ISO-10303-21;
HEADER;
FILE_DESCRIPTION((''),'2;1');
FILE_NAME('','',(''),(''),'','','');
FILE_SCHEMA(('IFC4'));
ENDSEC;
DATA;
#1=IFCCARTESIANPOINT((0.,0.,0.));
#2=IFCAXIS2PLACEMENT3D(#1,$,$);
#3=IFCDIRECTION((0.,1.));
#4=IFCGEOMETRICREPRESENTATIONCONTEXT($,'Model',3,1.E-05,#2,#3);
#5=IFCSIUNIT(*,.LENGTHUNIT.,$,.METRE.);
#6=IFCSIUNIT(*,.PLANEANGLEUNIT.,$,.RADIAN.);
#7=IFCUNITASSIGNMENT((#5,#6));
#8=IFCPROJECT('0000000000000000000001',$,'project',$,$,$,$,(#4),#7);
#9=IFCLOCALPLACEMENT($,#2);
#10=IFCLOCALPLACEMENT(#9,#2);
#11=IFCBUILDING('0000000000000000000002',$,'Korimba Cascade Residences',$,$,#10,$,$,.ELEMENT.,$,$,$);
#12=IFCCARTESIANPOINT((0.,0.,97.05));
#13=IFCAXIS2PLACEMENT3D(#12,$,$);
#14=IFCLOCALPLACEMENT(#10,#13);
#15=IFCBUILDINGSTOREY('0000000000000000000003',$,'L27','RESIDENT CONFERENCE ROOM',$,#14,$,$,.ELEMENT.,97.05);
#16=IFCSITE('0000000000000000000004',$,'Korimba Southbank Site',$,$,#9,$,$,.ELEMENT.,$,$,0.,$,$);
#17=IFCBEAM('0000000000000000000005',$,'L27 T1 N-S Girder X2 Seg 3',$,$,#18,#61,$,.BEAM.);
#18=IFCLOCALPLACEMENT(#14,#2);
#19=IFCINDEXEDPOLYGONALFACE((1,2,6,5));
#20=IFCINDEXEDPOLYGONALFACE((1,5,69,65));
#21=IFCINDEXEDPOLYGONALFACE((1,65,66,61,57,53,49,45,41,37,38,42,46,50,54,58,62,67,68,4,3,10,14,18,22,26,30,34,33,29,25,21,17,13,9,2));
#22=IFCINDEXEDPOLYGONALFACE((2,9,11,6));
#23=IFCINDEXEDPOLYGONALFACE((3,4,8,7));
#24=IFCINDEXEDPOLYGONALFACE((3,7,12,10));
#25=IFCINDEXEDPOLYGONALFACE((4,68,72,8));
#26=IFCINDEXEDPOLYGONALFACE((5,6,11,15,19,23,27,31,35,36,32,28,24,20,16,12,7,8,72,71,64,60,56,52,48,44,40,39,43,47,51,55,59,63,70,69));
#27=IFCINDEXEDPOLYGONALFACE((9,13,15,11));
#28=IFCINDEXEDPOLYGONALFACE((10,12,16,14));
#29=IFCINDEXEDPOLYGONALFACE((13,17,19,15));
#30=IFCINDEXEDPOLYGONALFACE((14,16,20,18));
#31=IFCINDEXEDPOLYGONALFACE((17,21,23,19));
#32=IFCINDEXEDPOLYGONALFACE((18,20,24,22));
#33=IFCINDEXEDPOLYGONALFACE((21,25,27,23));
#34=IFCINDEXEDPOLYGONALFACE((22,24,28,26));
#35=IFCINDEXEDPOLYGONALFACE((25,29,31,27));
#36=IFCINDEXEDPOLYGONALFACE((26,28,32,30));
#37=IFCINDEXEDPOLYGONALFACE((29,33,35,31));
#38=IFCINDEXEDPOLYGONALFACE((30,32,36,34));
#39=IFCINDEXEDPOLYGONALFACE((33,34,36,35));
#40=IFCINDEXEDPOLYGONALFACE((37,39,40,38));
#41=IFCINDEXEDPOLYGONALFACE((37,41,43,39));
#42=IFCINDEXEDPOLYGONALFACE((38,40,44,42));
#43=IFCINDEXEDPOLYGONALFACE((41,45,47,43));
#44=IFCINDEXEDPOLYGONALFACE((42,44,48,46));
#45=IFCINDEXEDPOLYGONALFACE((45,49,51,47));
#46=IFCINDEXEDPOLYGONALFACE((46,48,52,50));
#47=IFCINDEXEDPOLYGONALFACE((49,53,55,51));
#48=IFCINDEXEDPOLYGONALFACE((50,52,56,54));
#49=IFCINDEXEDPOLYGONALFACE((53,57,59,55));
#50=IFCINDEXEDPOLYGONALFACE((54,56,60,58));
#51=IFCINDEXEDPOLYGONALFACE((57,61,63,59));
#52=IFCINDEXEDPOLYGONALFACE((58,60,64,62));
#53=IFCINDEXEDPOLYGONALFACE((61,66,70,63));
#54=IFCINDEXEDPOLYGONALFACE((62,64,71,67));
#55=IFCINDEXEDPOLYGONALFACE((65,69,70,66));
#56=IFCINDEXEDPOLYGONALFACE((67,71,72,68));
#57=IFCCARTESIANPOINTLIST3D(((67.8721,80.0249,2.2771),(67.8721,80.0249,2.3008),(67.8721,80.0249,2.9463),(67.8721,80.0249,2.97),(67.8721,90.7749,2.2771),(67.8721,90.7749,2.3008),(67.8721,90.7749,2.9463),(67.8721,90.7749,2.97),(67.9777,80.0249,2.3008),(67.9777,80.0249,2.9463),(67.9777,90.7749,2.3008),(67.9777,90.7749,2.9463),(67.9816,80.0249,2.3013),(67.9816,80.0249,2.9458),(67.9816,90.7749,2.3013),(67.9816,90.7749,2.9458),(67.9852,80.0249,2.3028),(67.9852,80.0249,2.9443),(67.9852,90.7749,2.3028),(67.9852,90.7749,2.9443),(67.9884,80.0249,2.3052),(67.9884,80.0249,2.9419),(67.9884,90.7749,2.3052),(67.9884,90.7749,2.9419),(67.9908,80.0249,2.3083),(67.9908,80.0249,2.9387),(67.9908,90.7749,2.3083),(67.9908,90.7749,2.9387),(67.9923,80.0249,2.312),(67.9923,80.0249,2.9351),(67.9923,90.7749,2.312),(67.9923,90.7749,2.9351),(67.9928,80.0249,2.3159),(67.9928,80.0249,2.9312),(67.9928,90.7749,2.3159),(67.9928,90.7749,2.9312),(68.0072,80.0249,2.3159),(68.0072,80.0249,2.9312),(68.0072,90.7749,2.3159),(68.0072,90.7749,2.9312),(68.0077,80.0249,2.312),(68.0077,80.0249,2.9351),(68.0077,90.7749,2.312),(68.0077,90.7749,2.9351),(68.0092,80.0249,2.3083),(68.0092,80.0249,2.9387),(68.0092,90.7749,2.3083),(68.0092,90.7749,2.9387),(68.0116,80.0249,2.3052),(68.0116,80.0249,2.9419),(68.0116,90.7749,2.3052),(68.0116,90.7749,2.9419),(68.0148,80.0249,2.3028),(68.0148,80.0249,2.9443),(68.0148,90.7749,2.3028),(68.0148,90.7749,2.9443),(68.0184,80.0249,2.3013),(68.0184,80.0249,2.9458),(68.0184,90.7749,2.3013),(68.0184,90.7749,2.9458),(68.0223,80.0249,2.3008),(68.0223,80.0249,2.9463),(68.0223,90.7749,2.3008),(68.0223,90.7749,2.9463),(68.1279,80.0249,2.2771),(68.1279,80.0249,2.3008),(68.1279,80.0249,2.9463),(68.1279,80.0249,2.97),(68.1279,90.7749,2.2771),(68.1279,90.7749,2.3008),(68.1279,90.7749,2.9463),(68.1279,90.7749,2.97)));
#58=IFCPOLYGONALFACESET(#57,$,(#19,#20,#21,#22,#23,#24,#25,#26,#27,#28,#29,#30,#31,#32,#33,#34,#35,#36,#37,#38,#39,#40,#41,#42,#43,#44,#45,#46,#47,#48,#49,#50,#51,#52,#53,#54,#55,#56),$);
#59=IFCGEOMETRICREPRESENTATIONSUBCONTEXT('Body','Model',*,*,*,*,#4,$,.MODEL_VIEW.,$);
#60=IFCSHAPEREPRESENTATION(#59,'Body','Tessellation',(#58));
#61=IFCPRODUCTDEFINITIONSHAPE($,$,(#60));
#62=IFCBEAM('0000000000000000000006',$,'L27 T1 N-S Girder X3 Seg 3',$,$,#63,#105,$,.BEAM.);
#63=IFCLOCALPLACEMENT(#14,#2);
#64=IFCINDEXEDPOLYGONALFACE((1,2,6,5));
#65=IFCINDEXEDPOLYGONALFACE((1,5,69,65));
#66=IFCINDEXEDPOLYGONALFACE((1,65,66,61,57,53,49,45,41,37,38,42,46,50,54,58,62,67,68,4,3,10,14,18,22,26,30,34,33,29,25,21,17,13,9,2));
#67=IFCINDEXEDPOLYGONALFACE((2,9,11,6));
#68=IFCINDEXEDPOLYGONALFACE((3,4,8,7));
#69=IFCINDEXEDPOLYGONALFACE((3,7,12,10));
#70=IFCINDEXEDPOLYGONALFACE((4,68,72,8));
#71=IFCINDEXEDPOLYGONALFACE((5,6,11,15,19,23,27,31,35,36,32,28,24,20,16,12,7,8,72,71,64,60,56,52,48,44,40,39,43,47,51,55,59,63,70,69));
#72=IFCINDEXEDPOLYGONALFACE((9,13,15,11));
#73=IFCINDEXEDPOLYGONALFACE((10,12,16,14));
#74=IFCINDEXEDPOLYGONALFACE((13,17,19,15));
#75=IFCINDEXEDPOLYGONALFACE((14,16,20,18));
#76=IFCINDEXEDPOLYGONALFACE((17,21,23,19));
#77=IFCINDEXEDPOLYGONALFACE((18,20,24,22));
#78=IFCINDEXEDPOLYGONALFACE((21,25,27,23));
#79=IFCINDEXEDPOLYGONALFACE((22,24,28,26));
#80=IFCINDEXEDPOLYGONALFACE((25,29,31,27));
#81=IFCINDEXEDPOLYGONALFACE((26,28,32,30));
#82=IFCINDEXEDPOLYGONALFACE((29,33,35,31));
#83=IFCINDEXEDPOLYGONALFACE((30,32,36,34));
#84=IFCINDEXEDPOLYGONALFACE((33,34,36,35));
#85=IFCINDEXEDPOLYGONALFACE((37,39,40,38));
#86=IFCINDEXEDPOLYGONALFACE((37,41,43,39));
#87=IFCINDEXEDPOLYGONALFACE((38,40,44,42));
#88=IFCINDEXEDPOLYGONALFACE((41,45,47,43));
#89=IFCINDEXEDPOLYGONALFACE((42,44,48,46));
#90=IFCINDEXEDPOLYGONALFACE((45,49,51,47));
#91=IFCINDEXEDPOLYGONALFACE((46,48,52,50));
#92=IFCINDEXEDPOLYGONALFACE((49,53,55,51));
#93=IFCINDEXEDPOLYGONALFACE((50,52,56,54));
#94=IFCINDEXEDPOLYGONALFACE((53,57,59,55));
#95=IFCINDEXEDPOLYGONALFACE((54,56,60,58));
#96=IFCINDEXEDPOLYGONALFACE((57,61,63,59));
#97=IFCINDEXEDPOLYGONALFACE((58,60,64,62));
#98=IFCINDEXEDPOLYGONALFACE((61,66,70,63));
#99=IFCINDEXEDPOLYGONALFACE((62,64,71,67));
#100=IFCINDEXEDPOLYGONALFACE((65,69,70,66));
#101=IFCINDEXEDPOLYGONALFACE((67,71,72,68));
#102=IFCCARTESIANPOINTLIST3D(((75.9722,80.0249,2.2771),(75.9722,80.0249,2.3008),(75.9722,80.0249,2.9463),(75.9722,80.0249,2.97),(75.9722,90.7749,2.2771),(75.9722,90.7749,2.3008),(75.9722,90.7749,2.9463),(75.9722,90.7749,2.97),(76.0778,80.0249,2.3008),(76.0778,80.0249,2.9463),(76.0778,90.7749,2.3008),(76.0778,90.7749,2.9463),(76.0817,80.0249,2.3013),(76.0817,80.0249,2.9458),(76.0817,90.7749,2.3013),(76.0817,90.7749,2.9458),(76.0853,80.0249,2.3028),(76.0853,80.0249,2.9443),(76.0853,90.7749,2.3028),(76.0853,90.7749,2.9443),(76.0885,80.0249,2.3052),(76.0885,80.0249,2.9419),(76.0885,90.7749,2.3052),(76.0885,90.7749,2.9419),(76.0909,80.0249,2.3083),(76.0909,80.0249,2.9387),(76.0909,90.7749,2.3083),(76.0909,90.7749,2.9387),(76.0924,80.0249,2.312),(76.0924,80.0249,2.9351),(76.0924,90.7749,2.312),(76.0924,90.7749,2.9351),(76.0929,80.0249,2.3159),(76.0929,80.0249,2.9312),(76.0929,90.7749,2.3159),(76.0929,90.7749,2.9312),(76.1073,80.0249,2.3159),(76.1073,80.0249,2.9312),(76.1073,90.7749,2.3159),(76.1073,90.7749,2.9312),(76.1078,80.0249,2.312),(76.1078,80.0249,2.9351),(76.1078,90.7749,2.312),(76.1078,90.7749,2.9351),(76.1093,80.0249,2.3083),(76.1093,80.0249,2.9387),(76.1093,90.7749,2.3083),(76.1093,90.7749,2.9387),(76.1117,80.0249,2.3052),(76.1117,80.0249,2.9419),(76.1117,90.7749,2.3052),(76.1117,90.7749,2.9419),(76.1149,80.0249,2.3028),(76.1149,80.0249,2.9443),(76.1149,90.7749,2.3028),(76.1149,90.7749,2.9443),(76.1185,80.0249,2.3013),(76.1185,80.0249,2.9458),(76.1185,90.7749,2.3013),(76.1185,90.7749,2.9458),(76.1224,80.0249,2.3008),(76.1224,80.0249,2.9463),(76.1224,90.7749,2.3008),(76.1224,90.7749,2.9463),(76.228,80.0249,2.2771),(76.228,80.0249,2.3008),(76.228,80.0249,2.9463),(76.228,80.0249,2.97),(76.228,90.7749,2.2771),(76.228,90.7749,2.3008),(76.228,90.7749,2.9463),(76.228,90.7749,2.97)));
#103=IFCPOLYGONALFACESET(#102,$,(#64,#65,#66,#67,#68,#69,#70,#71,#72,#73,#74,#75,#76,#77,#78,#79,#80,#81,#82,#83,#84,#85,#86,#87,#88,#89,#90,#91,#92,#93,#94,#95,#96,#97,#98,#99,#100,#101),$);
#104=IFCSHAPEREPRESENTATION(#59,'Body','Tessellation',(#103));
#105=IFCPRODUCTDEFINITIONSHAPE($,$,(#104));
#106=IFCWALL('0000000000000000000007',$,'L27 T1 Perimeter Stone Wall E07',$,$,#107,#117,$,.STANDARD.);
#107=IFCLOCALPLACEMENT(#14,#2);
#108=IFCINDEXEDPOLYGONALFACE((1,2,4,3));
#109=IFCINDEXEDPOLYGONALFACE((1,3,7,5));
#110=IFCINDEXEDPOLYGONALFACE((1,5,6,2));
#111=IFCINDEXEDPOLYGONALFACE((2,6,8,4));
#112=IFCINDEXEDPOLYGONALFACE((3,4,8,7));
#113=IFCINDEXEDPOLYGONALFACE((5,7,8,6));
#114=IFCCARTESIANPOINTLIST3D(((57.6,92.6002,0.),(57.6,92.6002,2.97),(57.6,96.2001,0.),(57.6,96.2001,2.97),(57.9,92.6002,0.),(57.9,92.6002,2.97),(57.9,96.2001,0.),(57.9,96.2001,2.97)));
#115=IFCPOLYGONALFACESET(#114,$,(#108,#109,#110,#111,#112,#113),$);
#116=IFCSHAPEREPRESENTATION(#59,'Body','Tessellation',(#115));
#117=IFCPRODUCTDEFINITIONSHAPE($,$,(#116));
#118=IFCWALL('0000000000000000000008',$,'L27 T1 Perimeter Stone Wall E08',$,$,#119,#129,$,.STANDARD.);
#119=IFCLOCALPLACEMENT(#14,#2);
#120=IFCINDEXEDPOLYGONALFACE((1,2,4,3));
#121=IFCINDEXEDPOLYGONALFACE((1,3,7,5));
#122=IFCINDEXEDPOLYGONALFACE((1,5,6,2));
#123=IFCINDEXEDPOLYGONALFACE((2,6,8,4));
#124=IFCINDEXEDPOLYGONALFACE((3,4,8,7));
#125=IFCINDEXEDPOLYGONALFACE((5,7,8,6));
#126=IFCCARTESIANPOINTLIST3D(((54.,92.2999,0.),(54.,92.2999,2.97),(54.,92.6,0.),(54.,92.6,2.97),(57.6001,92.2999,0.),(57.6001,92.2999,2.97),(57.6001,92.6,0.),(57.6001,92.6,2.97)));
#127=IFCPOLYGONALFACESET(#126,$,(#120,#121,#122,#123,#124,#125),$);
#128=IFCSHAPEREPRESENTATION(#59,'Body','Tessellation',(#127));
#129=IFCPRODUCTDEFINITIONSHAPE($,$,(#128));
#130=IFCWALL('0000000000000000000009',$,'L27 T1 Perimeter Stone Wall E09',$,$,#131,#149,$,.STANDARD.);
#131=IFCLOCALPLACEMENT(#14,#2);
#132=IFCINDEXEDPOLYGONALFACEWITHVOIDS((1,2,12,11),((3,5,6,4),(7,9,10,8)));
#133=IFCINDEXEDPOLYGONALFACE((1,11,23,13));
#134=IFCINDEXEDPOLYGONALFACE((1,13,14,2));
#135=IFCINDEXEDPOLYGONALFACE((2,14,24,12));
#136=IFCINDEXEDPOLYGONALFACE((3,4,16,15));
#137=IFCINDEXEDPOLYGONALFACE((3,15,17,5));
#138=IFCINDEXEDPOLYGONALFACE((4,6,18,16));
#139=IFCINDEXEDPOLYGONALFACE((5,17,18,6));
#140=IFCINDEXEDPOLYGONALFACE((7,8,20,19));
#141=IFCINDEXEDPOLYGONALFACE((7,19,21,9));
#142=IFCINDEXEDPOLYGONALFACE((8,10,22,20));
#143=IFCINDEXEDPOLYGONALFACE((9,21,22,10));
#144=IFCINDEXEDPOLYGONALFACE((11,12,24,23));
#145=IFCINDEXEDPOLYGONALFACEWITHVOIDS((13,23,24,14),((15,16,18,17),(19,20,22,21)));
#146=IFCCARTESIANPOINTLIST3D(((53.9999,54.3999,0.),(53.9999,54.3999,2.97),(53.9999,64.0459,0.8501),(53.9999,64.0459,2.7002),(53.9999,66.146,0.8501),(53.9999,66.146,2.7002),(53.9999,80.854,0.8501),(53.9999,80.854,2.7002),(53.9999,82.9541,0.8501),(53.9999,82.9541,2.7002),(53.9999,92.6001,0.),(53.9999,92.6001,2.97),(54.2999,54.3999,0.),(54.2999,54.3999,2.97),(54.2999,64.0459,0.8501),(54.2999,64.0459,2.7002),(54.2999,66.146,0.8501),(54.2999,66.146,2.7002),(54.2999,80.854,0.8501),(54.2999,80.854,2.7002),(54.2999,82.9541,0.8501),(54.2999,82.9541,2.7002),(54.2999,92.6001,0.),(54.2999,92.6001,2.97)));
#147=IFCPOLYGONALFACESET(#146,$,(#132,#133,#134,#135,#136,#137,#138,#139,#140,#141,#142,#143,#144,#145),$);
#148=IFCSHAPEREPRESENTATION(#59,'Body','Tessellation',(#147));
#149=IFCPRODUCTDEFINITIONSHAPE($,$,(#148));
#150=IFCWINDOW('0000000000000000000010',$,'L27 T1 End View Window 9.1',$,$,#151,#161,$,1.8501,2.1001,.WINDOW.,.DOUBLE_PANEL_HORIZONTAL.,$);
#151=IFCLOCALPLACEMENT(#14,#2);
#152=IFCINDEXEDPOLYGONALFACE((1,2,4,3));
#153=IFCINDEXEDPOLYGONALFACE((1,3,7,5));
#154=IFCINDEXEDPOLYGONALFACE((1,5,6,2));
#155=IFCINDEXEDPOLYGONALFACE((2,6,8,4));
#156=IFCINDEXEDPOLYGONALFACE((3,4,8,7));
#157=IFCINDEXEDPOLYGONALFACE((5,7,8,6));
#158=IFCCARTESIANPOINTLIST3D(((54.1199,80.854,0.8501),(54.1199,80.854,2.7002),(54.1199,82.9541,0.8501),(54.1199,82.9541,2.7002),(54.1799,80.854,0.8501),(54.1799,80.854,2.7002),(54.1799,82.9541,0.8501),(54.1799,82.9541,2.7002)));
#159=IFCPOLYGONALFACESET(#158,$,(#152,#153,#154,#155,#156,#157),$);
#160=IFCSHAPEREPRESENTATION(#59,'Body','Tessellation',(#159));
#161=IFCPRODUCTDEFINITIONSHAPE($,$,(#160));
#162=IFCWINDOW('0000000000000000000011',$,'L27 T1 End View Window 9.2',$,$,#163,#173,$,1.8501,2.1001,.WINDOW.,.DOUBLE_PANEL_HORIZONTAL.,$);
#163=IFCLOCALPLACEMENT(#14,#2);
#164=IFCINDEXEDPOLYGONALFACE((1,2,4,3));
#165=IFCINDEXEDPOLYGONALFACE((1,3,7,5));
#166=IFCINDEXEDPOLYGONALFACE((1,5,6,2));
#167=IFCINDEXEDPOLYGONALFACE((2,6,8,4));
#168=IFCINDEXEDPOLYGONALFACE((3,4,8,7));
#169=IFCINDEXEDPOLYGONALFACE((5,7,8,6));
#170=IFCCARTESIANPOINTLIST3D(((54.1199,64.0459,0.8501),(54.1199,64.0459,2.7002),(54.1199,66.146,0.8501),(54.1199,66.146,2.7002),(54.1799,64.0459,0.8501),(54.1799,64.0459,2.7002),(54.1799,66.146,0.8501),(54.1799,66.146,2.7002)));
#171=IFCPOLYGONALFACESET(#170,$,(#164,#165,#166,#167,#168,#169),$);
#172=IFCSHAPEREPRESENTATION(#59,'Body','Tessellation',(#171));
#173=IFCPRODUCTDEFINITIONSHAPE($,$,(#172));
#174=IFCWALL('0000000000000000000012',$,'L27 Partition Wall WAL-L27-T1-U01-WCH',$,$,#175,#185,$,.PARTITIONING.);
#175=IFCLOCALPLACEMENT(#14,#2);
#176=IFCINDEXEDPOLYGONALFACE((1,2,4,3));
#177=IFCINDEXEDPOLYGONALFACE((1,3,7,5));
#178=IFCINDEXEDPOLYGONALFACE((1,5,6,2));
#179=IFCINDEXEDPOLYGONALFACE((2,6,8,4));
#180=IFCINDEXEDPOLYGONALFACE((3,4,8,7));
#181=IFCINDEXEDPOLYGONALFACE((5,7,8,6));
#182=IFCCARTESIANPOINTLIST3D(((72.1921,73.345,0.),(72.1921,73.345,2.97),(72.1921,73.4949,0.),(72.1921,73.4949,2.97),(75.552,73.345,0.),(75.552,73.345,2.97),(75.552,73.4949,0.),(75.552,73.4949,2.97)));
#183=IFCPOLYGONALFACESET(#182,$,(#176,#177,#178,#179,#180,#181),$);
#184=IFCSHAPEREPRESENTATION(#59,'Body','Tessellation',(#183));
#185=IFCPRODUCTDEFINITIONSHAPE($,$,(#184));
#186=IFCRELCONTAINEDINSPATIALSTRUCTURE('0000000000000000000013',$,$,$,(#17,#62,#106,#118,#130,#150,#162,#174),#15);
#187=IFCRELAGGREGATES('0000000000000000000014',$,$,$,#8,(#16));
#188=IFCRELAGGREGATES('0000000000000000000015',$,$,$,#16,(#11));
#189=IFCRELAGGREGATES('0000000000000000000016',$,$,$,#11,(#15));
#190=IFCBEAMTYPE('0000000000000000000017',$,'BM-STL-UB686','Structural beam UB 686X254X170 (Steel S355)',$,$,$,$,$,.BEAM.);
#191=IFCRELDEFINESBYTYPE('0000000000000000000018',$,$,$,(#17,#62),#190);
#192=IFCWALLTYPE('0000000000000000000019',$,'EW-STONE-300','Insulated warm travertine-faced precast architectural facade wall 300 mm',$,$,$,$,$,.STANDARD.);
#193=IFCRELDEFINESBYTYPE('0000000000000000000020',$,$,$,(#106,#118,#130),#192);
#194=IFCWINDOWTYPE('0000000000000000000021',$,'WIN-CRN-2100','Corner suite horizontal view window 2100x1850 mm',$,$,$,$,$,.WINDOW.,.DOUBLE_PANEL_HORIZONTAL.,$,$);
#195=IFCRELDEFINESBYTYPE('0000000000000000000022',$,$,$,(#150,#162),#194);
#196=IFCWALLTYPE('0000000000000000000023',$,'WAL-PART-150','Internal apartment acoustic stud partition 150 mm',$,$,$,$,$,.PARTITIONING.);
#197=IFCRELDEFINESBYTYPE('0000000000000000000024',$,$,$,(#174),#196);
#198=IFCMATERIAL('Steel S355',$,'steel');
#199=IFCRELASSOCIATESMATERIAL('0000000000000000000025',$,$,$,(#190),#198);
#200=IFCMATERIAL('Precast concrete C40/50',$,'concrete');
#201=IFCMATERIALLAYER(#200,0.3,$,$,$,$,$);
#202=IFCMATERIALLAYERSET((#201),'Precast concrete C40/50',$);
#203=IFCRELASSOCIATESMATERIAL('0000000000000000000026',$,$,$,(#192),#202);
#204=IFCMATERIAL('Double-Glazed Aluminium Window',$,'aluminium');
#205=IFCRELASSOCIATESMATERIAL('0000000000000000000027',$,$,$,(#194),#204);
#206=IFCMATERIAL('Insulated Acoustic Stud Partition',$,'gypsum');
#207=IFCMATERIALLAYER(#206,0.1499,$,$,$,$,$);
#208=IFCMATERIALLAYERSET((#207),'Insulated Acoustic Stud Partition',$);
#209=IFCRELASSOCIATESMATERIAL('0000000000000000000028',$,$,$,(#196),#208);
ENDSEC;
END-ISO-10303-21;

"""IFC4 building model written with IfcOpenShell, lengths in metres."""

from ifc_helpers import new_model, si_unit, direction, frame, frame_2d, origin, origin_2d, place, context, subcontext, project, spatial, rectangle, i_section, extrude, material, layer, layer_set, material_profile, profile_set, type_object, element, fill, save


model = new_model("IFC4")

# Units and contexts
model_context = context("Model", 3, precision=1e-05, world=origin(), true_north=direction((0.0, 1.0)))
body_context = subcontext(model_context, "Body", "Model", "MODEL_VIEW")
ifc_project = project(units=[si_unit("LENGTHUNIT", "METRE"), si_unit("PLANEANGLEUNIT", "RADIAN")], contexts=[model_context])

# Site, building, storey
site_placement = place(None, origin())
site = spatial("IfcSite", under=ifc_project, at=site_placement, Name="Korimba Southbank Site", CompositionType="ELEMENT", RefElevation=0.0)
building_placement = place(site_placement, origin())
building = spatial("IfcBuilding", under=site, at=building_placement, Name="Korimba Cascade Residences", CompositionType="ELEMENT")
storey_placement = place(building_placement, frame((0.0, 0.0, 97.05)))
storey = spatial("IfcBuildingStorey", under=building, at=storey_placement, Name="L27", Description="RESIDENT CONFERENCE ROOM", CompositionType="ELEMENT", Elevation=97.05)

# Beams
ifc_material_1 = material(Name="Steel S355", Category="steel")
ifc_material_profile_1 = material_profile(ifc_material_1, i_section(OverallWidth=0.2559, OverallDepth=0.6929, WebThickness=0.0144, FlangeThickness=0.0237, FilletRadius=0.0151, at=origin_2d()), Name="Steel S355")
ifc_profile_set_1 = profile_set([ifc_material_profile_1], Name="Steel S355")
beam_type_1 = type_object("IfcBeamType", Name="BM-STL-UB686", Description="Structural beam UB 686X254X170 (Steel S355)", PredefinedType="BEAM", material=ifc_profile_set_1)
for number, where, z_axis, x_axis, name in (
    (1, (68.0, 80.0249, 2.6235), (0.0, 1.0, 0.0), (-1.0, 0.0, 0.0), "L27 T1 N-S Girder X2 Seg 3"),
    (2, (76.1001, 80.0249, 2.6235), (0.0, 1.0, 0.0), (-1.0, 0.0, 0.0), "L27 T1 N-S Girder X3 Seg 3"),
):
    element("IfcBeam", number, at=place(storey_placement, frame(where, z_axis=z_axis, x_axis=x_axis)), inside=storey, type_object=beam_type_1, Name=name, PredefinedType="BEAM", context=body_context, shape_type="SweptSolid", body=[
        extrude(i_section(OverallWidth=0.2559, OverallDepth=0.6929, WebThickness=0.0144, FlangeThickness=0.0237, FilletRadius=0.0151, at=origin_2d()), origin(), (0.0, 0.0, 1.0), 10.75),
    ])

# Walls
ifc_material_2 = material(Name="Precast concrete C40/50", Category="concrete")
ifc_layer_1 = layer(ifc_material_2, 0.3)
ifc_layer_set_1 = layer_set([ifc_layer_1], Name="Precast concrete C40/50")
wall_type_1 = type_object("IfcWallType", Name="EW-STONE-300", Description="Insulated warm travertine-faced precast architectural facade wall 300 mm", PredefinedType="STANDARD", material=ifc_layer_set_1)
wall_1_placement = place(storey_placement, frame((57.75, 96.2, 0.0), z_axis=(0.0, 0.0, 1.0), x_axis=(0.0, -1.0, 0.0)))
element("IfcWall", 3, at=wall_1_placement, inside=storey, type_object=wall_type_1, Name="L27 T1 Perimeter Stone Wall E07", PredefinedType="STANDARD", context=body_context, shape_type="SweptSolid", body=[
    extrude(rectangle(XDim=3.5999, YDim=0.3, at=frame_2d((1.7998, 0.0))), origin(), (0.0, 0.0, 1.0), 2.97),
])
wall_2_placement = place(storey_placement, frame((57.6001, 92.45, 0.0), z_axis=(0.0, 0.0, 1.0), x_axis=(-1.0, 0.0, 0.0)))
element("IfcWall", 4, at=wall_2_placement, inside=storey, type_object=wall_type_1, Name="L27 T1 Perimeter Stone Wall E08", PredefinedType="STANDARD", context=body_context, shape_type="SweptSolid", body=[
    extrude(rectangle(XDim=3.6001, YDim=0.3, at=frame_2d((1.8, 0.0))), origin(), (0.0, 0.0, 1.0), 2.97),
])

# Wall, openings, windows
wall_3_placement = place(storey_placement, frame((54.1499, 92.6001, 0.0), z_axis=(0.0, 0.0, 1.0), x_axis=(0.0, -1.0, 0.0)))
wall_3 = element("IfcWall", 5, at=wall_3_placement, inside=storey, type_object=wall_type_1, Name="L27 T1 Perimeter Stone Wall E09", PredefinedType="STANDARD", context=body_context, shape_type="SweptSolid", body=[
    extrude(rectangle(XDim=38.2002, YDim=0.3, at=frame_2d((19.1001, 0.0))), origin(), (0.0, 0.0, 1.0), 2.97),
])
opening_1_placement = place(wall_3_placement, frame((9.646, 0.0, 0.8501)))
opening_1 = element("IfcOpeningElement", 6, at=opening_1_placement, cuts=wall_3, PredefinedType="OPENING", context=body_context, shape_type="SweptSolid", body=[
    extrude(rectangle(XDim=2.1001, YDim=1.8501, at=frame_2d((1.05, 0.925))), frame((0.0, 0.1602, 0.0), z_axis=(0.0, -1.0, 0.0), x_axis=(1.0, 0.0, 0.0)), (0.0, 0.0, 1.0), 0.3201),
])
opening_2_placement = place(wall_3_placement, frame((26.4541, 0.0, 0.8501)))
opening_2 = element("IfcOpeningElement", 7, at=opening_2_placement, cuts=wall_3, PredefinedType="OPENING", context=body_context, shape_type="SweptSolid", body=[
    extrude(rectangle(XDim=2.1001, YDim=1.8501, at=frame_2d((1.05, 0.925))), frame((0.0, 0.1602, 0.0), z_axis=(0.0, -1.0, 0.0), x_axis=(1.0, 0.0, 0.0)), (0.0, 0.0, 1.0), 0.3201),
])
ifc_material_3 = material(Name="Double-Glazed Aluminium Window", Category="aluminium")
window_type = type_object("IfcWindowType", Name="WIN-CRN-2100", Description="Corner suite horizontal view window 2100x1850 mm", PartitioningType="DOUBLE_PANEL_HORIZONTAL", PredefinedType="WINDOW", material=ifc_material_3)
window_1_placement = place(opening_1_placement, origin())
window_1 = element("IfcWindow", 8, at=window_1_placement, inside=storey, type_object=window_type, Name="L27 T1 End View Window 9.1", OverallHeight=1.8501, OverallWidth=2.1001, PartitioningType="DOUBLE_PANEL_HORIZONTAL", PredefinedType="WINDOW", context=body_context, shape_type="SweptSolid", body=[
    extrude(rectangle(XDim=2.1001, YDim=1.8501, at=frame_2d((1.05, 0.925))), frame((0.0, 0.03, 0.0), z_axis=(0.0, -1.0, 0.0), x_axis=(1.0, 0.0, 0.0)), (0.0, 0.0, 1.0), 0.0601),
])
fill(opening_1, window_1)
window_2_placement = place(opening_2_placement, origin())
window_2 = element("IfcWindow", 9, at=window_2_placement, inside=storey, type_object=window_type, Name="L27 T1 End View Window 9.2", OverallHeight=1.8501, OverallWidth=2.1001, PartitioningType="DOUBLE_PANEL_HORIZONTAL", PredefinedType="WINDOW", context=body_context, shape_type="SweptSolid", body=[
    extrude(rectangle(XDim=2.1001, YDim=1.8501, at=frame_2d((1.05, 0.925))), frame((0.0, 0.03, 0.0), z_axis=(0.0, -1.0, 0.0), x_axis=(1.0, 0.0, 0.0)), (0.0, 0.0, 1.0), 0.0601),
])
fill(opening_2, window_2)

# Wall
ifc_material_4 = material(Name="Insulated Acoustic Stud Partition", Category="gypsum")
ifc_layer_2 = layer(ifc_material_4, 0.1499)
ifc_layer_set_2 = layer_set([ifc_layer_2], Name="Insulated Acoustic Stud Partition")
wall_type_2 = type_object("IfcWallType", Name="WAL-PART-150", Description="Internal apartment acoustic stud partition 150 mm", PredefinedType="PARTITIONING", material=ifc_layer_set_2)
for number, where, z_axis, x_axis, name in (
    (10, (72.1921, 73.4199, 0.0), (0.0, 0.0, 1.0), (1.0, 0.0, 0.0), "L27 Partition Wall WAL-L27-T1-U01-WCH"),
):
    element("IfcWall", number, at=place(storey_placement, frame(where, z_axis=z_axis, x_axis=x_axis)), inside=storey, type_object=wall_type_2, Name=name, PredefinedType="PARTITIONING", context=body_context, shape_type="SweptSolid", body=[
        extrude(rectangle(XDim=3.3599, YDim=0.1499, at=frame_2d((1.6799, 0.0))), origin(), (0.0, 0.0, 1.0), 2.97),
    ])

save(model, "model.ifc")
